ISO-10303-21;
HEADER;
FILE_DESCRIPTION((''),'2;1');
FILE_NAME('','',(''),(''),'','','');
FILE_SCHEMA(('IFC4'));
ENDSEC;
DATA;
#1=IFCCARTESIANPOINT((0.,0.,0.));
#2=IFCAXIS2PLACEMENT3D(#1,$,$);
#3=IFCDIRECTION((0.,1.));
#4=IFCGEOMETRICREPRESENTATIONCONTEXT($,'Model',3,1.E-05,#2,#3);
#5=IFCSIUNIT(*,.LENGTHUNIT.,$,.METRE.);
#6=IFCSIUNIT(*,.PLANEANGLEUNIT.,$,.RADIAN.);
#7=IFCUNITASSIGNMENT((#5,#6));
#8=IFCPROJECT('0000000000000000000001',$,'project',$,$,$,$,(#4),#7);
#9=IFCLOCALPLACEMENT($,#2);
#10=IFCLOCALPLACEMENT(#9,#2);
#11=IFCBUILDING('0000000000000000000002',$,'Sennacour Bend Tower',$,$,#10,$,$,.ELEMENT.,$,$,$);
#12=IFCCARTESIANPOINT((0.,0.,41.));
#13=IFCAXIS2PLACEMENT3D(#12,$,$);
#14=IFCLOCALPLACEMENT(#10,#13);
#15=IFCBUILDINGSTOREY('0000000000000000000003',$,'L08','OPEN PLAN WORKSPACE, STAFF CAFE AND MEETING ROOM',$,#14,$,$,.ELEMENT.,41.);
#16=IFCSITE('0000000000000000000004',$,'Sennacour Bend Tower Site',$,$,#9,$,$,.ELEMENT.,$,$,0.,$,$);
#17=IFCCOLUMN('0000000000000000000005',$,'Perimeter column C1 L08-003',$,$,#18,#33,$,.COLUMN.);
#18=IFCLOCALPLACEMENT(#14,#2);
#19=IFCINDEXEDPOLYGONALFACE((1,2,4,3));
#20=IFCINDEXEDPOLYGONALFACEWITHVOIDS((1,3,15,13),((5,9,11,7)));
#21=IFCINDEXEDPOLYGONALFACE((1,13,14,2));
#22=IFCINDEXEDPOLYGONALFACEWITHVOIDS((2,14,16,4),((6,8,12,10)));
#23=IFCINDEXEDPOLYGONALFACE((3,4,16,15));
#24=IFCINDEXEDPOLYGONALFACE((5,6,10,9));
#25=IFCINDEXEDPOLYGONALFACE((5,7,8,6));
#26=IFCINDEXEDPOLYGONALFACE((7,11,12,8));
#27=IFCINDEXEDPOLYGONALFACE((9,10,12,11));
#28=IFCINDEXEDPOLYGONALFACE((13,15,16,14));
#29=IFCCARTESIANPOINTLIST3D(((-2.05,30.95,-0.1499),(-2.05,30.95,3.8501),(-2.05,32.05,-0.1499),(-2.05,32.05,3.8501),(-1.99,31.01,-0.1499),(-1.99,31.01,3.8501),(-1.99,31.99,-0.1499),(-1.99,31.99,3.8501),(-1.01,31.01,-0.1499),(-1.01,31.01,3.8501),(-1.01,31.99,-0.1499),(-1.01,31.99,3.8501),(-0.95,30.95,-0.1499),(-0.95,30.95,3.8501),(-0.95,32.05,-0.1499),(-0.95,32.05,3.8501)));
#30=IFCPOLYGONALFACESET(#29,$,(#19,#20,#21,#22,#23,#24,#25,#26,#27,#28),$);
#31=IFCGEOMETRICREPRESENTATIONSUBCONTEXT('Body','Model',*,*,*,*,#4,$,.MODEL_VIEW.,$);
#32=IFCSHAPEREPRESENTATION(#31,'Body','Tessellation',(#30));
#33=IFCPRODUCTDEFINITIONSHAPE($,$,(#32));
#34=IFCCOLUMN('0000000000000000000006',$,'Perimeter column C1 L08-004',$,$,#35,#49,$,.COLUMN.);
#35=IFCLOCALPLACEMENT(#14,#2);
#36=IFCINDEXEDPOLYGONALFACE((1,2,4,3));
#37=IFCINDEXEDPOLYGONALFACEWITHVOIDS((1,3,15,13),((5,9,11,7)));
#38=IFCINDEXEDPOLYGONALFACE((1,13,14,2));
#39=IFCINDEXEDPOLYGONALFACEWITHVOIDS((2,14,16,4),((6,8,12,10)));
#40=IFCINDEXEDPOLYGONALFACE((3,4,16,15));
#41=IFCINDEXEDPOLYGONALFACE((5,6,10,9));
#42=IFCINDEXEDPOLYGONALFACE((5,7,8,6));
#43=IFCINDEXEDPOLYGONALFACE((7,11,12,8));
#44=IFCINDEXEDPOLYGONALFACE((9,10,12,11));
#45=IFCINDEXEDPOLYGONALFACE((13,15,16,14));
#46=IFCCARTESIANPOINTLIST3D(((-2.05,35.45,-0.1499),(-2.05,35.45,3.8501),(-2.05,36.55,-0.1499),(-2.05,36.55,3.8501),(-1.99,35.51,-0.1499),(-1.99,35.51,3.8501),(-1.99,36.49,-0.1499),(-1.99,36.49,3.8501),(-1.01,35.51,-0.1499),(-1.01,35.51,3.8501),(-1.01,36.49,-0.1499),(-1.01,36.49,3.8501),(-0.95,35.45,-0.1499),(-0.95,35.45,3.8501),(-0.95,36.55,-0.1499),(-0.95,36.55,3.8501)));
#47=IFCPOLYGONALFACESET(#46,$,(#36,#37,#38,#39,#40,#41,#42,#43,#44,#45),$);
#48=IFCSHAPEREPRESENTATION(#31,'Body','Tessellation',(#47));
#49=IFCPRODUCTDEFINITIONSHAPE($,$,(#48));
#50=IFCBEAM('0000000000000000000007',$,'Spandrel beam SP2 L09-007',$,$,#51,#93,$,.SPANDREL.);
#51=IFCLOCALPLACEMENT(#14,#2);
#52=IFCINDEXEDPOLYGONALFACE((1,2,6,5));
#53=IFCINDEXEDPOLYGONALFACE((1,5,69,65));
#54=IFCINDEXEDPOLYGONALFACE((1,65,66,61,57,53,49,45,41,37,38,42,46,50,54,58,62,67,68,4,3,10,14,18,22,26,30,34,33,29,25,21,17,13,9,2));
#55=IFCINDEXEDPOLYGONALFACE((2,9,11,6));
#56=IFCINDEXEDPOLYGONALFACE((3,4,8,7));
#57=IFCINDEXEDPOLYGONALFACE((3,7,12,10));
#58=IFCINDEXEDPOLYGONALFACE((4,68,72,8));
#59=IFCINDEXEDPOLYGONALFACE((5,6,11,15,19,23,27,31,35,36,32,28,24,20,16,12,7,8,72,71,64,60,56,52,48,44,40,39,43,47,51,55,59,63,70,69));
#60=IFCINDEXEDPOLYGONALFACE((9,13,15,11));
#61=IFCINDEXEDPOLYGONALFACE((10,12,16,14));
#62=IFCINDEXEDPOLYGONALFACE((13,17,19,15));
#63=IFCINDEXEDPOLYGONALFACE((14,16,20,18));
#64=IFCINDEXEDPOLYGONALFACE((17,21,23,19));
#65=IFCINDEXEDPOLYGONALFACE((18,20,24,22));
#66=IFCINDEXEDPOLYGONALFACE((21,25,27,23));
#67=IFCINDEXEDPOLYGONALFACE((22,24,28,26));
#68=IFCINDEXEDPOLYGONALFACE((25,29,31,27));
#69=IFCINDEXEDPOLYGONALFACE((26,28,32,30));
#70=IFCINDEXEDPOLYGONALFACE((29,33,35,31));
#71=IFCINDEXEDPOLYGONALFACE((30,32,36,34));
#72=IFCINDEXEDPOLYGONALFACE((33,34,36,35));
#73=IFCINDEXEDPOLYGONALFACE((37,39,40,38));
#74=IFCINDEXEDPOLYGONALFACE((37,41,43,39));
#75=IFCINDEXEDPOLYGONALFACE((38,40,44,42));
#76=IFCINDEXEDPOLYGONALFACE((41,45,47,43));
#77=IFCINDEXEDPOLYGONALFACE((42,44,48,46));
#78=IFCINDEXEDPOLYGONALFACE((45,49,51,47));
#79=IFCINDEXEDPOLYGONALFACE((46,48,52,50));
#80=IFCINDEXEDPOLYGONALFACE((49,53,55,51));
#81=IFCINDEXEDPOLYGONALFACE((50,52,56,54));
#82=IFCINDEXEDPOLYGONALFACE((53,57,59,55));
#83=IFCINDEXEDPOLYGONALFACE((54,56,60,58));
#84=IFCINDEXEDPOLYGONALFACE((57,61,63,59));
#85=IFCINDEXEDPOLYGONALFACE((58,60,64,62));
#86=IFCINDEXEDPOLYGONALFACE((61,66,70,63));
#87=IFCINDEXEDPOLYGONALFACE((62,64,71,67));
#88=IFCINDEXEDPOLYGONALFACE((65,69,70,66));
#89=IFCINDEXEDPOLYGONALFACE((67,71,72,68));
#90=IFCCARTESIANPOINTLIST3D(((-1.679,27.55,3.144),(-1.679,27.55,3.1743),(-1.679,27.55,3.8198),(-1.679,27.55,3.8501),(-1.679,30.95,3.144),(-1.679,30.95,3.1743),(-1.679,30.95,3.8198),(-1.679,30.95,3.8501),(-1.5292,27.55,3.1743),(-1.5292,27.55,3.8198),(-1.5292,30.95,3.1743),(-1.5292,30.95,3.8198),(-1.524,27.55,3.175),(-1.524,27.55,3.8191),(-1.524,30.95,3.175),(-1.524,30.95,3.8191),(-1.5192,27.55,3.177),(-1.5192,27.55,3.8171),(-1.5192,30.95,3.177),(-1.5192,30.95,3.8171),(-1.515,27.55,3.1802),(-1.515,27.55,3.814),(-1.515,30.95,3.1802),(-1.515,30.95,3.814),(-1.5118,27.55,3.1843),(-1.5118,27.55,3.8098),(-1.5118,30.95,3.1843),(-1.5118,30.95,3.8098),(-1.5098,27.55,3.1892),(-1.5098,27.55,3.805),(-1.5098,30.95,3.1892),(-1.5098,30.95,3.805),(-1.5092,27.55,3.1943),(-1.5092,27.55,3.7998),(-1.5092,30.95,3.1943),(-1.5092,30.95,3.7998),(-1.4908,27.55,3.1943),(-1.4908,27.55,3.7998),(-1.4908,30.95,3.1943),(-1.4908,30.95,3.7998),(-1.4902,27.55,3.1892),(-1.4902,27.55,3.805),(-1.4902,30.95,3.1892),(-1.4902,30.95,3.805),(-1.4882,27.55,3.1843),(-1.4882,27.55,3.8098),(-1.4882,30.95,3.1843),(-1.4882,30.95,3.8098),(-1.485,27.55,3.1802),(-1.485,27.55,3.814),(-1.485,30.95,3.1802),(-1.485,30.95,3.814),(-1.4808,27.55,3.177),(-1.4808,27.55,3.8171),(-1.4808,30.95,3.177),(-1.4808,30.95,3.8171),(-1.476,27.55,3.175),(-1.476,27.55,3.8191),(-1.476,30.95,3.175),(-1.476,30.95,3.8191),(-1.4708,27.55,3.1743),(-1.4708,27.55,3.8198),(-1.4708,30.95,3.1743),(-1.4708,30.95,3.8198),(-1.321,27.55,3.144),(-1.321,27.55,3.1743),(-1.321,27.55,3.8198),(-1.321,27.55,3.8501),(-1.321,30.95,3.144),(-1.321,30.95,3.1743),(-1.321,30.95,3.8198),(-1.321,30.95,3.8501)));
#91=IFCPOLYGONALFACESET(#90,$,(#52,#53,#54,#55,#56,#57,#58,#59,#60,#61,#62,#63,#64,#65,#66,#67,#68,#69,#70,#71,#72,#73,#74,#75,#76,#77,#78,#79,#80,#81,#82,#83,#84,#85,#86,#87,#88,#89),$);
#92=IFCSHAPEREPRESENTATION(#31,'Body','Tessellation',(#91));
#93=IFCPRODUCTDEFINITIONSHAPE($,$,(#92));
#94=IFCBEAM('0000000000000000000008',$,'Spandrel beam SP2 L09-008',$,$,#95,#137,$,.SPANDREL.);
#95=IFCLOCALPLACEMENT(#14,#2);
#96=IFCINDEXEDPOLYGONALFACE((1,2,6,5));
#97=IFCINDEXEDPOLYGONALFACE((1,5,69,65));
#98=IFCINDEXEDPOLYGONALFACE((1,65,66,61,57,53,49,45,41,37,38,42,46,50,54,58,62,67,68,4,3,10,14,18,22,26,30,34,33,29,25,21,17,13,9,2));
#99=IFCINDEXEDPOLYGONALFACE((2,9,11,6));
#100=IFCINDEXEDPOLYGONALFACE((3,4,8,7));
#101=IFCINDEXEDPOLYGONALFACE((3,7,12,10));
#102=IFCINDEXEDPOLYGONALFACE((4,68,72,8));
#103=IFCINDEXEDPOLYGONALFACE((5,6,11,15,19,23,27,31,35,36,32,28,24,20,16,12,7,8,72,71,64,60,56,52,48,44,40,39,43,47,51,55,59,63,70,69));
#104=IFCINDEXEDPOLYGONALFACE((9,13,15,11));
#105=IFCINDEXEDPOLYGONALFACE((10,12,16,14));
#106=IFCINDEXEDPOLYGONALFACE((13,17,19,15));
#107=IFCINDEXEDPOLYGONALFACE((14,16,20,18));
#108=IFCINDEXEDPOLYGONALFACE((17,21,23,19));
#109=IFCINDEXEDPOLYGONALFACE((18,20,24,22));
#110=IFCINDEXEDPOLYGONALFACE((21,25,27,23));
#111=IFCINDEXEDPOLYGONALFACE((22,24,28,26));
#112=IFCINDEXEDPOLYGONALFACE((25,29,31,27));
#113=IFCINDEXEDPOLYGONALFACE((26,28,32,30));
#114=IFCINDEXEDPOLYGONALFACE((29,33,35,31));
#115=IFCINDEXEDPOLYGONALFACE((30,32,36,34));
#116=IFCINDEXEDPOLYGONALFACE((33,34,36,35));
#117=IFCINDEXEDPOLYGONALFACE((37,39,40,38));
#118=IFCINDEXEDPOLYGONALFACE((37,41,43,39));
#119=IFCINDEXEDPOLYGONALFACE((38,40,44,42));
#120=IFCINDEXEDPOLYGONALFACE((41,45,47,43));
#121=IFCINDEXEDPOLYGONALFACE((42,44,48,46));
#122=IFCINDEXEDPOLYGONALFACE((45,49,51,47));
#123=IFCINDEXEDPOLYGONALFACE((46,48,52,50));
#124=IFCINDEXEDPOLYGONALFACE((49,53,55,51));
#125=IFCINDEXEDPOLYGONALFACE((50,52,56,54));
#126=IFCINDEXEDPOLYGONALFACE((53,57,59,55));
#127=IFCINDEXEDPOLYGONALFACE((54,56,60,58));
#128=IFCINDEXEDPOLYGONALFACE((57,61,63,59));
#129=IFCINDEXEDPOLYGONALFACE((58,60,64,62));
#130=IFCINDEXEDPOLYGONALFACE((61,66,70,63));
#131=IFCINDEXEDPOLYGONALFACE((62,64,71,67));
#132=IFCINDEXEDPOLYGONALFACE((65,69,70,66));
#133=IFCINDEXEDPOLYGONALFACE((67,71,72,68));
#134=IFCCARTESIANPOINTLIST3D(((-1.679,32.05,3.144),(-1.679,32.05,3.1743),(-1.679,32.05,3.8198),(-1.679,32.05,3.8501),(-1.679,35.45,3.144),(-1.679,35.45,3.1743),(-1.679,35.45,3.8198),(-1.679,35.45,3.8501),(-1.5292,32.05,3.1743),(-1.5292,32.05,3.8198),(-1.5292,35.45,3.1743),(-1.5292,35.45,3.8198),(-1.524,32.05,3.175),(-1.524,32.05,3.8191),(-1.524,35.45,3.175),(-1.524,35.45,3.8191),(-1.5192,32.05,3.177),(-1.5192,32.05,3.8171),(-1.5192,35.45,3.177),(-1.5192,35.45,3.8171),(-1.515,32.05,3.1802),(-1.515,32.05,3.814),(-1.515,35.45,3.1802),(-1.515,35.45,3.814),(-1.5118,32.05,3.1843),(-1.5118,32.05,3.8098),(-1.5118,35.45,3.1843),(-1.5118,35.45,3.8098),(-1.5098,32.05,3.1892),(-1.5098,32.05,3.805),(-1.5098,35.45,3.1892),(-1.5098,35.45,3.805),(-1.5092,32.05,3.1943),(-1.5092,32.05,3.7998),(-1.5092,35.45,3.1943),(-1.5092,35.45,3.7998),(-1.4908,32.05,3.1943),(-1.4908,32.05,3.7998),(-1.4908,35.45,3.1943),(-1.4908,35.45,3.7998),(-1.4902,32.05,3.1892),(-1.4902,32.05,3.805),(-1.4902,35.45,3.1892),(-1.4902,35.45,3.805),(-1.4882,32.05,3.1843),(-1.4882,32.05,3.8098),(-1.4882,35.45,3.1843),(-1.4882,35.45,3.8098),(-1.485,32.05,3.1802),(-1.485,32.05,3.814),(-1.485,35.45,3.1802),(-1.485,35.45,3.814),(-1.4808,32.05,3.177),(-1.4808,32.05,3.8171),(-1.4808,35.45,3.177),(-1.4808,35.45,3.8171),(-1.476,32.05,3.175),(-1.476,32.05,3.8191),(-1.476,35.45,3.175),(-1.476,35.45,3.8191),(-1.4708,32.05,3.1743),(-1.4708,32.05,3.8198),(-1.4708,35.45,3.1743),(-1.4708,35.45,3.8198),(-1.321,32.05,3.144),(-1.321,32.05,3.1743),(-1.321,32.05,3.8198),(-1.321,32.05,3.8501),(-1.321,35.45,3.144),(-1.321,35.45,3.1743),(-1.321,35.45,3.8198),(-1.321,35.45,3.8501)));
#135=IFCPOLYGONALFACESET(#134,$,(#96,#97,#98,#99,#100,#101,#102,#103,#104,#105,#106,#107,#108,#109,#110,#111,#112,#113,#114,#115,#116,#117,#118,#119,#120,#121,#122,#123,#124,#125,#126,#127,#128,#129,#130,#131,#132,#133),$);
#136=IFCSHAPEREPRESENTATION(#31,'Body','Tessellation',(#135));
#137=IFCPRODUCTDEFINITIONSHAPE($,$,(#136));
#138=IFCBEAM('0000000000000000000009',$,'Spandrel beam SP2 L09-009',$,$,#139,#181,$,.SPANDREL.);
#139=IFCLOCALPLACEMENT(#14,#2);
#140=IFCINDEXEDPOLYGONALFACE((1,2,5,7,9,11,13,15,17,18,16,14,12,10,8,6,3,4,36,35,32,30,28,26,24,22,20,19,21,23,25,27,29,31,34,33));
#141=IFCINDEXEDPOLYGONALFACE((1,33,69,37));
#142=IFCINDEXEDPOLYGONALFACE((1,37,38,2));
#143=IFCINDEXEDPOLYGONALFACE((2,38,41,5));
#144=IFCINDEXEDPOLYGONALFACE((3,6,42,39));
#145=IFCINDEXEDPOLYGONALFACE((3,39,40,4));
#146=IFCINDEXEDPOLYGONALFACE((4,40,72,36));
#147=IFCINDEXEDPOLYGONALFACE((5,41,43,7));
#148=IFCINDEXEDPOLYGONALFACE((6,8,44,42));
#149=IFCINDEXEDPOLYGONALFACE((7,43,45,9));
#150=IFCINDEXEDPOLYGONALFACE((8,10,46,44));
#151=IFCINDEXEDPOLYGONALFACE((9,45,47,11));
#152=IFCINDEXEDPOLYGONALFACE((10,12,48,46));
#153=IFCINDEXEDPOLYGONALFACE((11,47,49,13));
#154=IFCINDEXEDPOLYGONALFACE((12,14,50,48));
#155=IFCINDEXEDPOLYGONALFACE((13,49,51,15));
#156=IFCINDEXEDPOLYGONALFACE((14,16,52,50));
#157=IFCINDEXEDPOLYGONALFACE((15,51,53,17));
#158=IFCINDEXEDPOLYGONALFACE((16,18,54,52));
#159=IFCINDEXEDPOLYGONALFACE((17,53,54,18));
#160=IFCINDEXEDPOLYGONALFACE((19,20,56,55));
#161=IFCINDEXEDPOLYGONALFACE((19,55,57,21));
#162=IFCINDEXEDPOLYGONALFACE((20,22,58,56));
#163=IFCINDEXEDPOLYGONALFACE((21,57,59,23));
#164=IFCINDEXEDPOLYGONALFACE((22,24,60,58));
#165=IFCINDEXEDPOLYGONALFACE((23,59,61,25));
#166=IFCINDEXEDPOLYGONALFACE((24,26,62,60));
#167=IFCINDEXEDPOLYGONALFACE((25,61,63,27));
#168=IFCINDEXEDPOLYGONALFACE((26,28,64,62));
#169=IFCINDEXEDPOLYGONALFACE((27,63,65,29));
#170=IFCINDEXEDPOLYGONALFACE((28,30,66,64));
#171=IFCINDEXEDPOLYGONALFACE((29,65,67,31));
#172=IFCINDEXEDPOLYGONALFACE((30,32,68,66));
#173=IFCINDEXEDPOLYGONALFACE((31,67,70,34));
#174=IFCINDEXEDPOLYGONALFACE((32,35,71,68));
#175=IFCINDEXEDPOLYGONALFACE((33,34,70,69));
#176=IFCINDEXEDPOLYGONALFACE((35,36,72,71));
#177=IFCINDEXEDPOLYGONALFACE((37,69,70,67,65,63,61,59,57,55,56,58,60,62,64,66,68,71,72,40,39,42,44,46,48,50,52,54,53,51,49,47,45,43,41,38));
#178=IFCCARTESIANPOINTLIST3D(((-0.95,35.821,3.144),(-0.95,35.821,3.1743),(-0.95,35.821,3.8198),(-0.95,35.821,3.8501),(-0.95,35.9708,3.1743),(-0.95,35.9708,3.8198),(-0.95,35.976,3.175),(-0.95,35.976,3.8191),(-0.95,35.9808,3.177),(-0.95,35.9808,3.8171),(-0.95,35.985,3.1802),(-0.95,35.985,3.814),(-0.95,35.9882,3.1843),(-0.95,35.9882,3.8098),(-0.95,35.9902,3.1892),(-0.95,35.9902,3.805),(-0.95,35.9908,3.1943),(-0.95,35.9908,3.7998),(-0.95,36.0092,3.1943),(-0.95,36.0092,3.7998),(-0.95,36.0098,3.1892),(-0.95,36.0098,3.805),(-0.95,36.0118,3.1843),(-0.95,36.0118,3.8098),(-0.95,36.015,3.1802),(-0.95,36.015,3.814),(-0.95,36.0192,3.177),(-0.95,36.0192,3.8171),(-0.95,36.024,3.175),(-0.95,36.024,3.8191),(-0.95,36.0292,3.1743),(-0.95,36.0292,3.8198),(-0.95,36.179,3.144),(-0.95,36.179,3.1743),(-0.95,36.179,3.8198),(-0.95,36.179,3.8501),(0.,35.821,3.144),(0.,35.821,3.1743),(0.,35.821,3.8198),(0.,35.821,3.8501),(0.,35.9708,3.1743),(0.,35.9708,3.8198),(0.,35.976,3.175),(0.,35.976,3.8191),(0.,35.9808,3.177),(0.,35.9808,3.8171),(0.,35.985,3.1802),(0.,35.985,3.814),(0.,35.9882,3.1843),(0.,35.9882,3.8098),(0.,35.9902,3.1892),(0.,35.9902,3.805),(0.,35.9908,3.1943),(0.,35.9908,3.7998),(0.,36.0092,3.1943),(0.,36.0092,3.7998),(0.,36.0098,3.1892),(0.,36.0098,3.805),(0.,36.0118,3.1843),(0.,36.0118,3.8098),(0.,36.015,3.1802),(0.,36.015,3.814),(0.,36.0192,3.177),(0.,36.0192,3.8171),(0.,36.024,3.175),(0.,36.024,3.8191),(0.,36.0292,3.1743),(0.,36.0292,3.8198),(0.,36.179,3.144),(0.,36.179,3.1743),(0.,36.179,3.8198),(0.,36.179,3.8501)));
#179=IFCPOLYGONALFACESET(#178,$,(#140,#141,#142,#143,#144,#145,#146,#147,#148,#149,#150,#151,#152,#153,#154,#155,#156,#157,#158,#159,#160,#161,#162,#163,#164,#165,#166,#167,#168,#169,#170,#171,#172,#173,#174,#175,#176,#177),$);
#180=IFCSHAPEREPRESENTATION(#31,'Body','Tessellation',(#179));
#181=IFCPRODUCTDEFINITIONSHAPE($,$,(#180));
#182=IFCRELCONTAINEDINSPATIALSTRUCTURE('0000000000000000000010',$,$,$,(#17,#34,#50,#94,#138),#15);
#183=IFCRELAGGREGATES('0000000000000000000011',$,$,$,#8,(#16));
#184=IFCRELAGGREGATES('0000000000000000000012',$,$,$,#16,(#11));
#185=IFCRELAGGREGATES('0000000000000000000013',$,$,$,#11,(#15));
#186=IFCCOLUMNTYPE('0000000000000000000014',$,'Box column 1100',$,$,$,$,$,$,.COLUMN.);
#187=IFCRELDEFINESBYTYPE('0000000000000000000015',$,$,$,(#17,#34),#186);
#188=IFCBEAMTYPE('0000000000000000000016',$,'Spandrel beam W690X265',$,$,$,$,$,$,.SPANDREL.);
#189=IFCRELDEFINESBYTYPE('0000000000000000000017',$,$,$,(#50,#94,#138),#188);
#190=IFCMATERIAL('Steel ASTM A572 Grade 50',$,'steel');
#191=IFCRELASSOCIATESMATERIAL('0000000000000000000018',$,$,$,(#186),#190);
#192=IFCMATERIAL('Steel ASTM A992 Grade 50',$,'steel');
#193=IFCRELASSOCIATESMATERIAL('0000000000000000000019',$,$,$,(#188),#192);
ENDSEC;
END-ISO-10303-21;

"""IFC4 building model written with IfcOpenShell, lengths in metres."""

from ifc_helpers import new_model, si_unit, direction, frame, origin, origin_2d, place, context, subcontext, project, spatial, hollow_rectangle, i_section, extrude, material, material_profile, profile_set, type_object, element, save


model = new_model("IFC4")

# Units and contexts
model_context = context("Model", 3, precision=1e-05, world=origin(), true_north=direction((0.0, 1.0)))
body_context = subcontext(model_context, "Body", "Model", "MODEL_VIEW")
ifc_project = project(units=[si_unit("LENGTHUNIT", "METRE"), si_unit("PLANEANGLEUNIT", "RADIAN")], contexts=[model_context])

# Site, building, storey
site_placement = place(None, origin())
site = spatial("IfcSite", under=ifc_project, at=site_placement, Name="Sennacour Bend Tower Site", CompositionType="ELEMENT", RefElevation=0.0)
building_placement = place(site_placement, origin())
building = spatial("IfcBuilding", under=site, at=building_placement, Name="Sennacour Bend Tower", CompositionType="ELEMENT")
storey_placement = place(building_placement, frame((0.0, 0.0, 41.0)))
storey = spatial("IfcBuildingStorey", under=building, at=storey_placement, Name="L08", Description="OPEN PLAN WORKSPACE, STAFF CAFE AND MEETING ROOM", CompositionType="ELEMENT", Elevation=41.0)

# Columns
ifc_material_1 = material(Name="Steel ASTM A572 Grade 50", Category="steel")
ifc_material_profile_1 = material_profile(ifc_material_1, hollow_rectangle(XDim=1.1001, YDim=1.1001, WallThickness=0.0601, at=origin_2d()), Name="Steel ASTM A572 Grade 50", Category="steel")
ifc_profile_set_1 = profile_set([ifc_material_profile_1], Name="Steel ASTM A572 Grade 50")
column_type = type_object("IfcColumnType", Name="Box column 1100", PredefinedType="COLUMN", material=ifc_profile_set_1)
for number, where, z_axis, x_axis, name in (
    (1, (-1.5, 31.5, -0.1499), (0.0, 0.0, 1.0), (1.0, 0.0, 0.0), "Perimeter column C1 L08-003"),
    (2, (-1.5, 36.0, -0.1499), (0.0, 0.0, 1.0), (1.0, 0.0, 0.0), "Perimeter column C1 L08-004"),
):
    element("IfcColumn", number, at=place(storey_placement, frame(where, z_axis=z_axis, x_axis=x_axis)), inside=storey, type_object=column_type, Name=name, PredefinedType="COLUMN", context=body_context, shape_type="SweptSolid", body=[
        extrude(hollow_rectangle(XDim=1.1001, YDim=1.1001, WallThickness=0.0601, at=origin_2d()), origin(), (0.0, 0.0, 1.0), 4.0),
    ])

# Beams
ifc_material_2 = material(Name="Steel ASTM A992 Grade 50", Category="steel")
ifc_material_profile_2 = material_profile(ifc_material_2, i_section(OverallWidth=0.3579, OverallDepth=0.7061, WebThickness=0.0183, FlangeThickness=0.0303, FilletRadius=0.02, at=origin_2d()), Name="Steel ASTM A992 Grade 50", Category="steel")
ifc_profile_set_2 = profile_set([ifc_material_profile_2], Name="Steel ASTM A992 Grade 50")
beam_type = type_object("IfcBeamType", Name="Spandrel beam W690X265", PredefinedType="SPANDREL", material=ifc_profile_set_2)
for number, where, z_axis, x_axis, name in (
    (3, (-1.5, 27.55, 3.4971), (0.0, 1.0, 0.0), (-1.0, 0.0, 0.0), "Spandrel beam SP2 L09-007"),
    (4, (-1.5, 32.05, 3.4971), (0.0, 1.0, 0.0), (-1.0, 0.0, 0.0), "Spandrel beam SP2 L09-008"),
):
    element("IfcBeam", number, at=place(storey_placement, frame(where, z_axis=z_axis, x_axis=x_axis)), inside=storey, type_object=beam_type, Name=name, PredefinedType="SPANDREL", context=body_context, shape_type="SweptSolid", body=[
        extrude(i_section(OverallWidth=0.3579, OverallDepth=0.7061, WebThickness=0.0183, FlangeThickness=0.0303, FilletRadius=0.02, at=origin_2d()), origin(), (0.0, 0.0, 1.0), 3.3999),
    ])
beam_placement = place(storey_placement, frame((-0.95, 36.0, 3.4971), z_axis=(1.0, 0.0, 0.0), x_axis=(0.0, 1.0, 0.0)))
element("IfcBeam", 5, at=beam_placement, inside=storey, type_object=beam_type, Name="Spandrel beam SP2 L09-009", PredefinedType="SPANDREL", context=body_context, shape_type="SweptSolid", body=[
    extrude(i_section(OverallWidth=0.3579, OverallDepth=0.7061, WebThickness=0.0183, FlangeThickness=0.0303, FilletRadius=0.02, at=origin_2d()), origin(), (0.0, 0.0, 1.0), 0.95),
])

save(model, "model.ifc")
